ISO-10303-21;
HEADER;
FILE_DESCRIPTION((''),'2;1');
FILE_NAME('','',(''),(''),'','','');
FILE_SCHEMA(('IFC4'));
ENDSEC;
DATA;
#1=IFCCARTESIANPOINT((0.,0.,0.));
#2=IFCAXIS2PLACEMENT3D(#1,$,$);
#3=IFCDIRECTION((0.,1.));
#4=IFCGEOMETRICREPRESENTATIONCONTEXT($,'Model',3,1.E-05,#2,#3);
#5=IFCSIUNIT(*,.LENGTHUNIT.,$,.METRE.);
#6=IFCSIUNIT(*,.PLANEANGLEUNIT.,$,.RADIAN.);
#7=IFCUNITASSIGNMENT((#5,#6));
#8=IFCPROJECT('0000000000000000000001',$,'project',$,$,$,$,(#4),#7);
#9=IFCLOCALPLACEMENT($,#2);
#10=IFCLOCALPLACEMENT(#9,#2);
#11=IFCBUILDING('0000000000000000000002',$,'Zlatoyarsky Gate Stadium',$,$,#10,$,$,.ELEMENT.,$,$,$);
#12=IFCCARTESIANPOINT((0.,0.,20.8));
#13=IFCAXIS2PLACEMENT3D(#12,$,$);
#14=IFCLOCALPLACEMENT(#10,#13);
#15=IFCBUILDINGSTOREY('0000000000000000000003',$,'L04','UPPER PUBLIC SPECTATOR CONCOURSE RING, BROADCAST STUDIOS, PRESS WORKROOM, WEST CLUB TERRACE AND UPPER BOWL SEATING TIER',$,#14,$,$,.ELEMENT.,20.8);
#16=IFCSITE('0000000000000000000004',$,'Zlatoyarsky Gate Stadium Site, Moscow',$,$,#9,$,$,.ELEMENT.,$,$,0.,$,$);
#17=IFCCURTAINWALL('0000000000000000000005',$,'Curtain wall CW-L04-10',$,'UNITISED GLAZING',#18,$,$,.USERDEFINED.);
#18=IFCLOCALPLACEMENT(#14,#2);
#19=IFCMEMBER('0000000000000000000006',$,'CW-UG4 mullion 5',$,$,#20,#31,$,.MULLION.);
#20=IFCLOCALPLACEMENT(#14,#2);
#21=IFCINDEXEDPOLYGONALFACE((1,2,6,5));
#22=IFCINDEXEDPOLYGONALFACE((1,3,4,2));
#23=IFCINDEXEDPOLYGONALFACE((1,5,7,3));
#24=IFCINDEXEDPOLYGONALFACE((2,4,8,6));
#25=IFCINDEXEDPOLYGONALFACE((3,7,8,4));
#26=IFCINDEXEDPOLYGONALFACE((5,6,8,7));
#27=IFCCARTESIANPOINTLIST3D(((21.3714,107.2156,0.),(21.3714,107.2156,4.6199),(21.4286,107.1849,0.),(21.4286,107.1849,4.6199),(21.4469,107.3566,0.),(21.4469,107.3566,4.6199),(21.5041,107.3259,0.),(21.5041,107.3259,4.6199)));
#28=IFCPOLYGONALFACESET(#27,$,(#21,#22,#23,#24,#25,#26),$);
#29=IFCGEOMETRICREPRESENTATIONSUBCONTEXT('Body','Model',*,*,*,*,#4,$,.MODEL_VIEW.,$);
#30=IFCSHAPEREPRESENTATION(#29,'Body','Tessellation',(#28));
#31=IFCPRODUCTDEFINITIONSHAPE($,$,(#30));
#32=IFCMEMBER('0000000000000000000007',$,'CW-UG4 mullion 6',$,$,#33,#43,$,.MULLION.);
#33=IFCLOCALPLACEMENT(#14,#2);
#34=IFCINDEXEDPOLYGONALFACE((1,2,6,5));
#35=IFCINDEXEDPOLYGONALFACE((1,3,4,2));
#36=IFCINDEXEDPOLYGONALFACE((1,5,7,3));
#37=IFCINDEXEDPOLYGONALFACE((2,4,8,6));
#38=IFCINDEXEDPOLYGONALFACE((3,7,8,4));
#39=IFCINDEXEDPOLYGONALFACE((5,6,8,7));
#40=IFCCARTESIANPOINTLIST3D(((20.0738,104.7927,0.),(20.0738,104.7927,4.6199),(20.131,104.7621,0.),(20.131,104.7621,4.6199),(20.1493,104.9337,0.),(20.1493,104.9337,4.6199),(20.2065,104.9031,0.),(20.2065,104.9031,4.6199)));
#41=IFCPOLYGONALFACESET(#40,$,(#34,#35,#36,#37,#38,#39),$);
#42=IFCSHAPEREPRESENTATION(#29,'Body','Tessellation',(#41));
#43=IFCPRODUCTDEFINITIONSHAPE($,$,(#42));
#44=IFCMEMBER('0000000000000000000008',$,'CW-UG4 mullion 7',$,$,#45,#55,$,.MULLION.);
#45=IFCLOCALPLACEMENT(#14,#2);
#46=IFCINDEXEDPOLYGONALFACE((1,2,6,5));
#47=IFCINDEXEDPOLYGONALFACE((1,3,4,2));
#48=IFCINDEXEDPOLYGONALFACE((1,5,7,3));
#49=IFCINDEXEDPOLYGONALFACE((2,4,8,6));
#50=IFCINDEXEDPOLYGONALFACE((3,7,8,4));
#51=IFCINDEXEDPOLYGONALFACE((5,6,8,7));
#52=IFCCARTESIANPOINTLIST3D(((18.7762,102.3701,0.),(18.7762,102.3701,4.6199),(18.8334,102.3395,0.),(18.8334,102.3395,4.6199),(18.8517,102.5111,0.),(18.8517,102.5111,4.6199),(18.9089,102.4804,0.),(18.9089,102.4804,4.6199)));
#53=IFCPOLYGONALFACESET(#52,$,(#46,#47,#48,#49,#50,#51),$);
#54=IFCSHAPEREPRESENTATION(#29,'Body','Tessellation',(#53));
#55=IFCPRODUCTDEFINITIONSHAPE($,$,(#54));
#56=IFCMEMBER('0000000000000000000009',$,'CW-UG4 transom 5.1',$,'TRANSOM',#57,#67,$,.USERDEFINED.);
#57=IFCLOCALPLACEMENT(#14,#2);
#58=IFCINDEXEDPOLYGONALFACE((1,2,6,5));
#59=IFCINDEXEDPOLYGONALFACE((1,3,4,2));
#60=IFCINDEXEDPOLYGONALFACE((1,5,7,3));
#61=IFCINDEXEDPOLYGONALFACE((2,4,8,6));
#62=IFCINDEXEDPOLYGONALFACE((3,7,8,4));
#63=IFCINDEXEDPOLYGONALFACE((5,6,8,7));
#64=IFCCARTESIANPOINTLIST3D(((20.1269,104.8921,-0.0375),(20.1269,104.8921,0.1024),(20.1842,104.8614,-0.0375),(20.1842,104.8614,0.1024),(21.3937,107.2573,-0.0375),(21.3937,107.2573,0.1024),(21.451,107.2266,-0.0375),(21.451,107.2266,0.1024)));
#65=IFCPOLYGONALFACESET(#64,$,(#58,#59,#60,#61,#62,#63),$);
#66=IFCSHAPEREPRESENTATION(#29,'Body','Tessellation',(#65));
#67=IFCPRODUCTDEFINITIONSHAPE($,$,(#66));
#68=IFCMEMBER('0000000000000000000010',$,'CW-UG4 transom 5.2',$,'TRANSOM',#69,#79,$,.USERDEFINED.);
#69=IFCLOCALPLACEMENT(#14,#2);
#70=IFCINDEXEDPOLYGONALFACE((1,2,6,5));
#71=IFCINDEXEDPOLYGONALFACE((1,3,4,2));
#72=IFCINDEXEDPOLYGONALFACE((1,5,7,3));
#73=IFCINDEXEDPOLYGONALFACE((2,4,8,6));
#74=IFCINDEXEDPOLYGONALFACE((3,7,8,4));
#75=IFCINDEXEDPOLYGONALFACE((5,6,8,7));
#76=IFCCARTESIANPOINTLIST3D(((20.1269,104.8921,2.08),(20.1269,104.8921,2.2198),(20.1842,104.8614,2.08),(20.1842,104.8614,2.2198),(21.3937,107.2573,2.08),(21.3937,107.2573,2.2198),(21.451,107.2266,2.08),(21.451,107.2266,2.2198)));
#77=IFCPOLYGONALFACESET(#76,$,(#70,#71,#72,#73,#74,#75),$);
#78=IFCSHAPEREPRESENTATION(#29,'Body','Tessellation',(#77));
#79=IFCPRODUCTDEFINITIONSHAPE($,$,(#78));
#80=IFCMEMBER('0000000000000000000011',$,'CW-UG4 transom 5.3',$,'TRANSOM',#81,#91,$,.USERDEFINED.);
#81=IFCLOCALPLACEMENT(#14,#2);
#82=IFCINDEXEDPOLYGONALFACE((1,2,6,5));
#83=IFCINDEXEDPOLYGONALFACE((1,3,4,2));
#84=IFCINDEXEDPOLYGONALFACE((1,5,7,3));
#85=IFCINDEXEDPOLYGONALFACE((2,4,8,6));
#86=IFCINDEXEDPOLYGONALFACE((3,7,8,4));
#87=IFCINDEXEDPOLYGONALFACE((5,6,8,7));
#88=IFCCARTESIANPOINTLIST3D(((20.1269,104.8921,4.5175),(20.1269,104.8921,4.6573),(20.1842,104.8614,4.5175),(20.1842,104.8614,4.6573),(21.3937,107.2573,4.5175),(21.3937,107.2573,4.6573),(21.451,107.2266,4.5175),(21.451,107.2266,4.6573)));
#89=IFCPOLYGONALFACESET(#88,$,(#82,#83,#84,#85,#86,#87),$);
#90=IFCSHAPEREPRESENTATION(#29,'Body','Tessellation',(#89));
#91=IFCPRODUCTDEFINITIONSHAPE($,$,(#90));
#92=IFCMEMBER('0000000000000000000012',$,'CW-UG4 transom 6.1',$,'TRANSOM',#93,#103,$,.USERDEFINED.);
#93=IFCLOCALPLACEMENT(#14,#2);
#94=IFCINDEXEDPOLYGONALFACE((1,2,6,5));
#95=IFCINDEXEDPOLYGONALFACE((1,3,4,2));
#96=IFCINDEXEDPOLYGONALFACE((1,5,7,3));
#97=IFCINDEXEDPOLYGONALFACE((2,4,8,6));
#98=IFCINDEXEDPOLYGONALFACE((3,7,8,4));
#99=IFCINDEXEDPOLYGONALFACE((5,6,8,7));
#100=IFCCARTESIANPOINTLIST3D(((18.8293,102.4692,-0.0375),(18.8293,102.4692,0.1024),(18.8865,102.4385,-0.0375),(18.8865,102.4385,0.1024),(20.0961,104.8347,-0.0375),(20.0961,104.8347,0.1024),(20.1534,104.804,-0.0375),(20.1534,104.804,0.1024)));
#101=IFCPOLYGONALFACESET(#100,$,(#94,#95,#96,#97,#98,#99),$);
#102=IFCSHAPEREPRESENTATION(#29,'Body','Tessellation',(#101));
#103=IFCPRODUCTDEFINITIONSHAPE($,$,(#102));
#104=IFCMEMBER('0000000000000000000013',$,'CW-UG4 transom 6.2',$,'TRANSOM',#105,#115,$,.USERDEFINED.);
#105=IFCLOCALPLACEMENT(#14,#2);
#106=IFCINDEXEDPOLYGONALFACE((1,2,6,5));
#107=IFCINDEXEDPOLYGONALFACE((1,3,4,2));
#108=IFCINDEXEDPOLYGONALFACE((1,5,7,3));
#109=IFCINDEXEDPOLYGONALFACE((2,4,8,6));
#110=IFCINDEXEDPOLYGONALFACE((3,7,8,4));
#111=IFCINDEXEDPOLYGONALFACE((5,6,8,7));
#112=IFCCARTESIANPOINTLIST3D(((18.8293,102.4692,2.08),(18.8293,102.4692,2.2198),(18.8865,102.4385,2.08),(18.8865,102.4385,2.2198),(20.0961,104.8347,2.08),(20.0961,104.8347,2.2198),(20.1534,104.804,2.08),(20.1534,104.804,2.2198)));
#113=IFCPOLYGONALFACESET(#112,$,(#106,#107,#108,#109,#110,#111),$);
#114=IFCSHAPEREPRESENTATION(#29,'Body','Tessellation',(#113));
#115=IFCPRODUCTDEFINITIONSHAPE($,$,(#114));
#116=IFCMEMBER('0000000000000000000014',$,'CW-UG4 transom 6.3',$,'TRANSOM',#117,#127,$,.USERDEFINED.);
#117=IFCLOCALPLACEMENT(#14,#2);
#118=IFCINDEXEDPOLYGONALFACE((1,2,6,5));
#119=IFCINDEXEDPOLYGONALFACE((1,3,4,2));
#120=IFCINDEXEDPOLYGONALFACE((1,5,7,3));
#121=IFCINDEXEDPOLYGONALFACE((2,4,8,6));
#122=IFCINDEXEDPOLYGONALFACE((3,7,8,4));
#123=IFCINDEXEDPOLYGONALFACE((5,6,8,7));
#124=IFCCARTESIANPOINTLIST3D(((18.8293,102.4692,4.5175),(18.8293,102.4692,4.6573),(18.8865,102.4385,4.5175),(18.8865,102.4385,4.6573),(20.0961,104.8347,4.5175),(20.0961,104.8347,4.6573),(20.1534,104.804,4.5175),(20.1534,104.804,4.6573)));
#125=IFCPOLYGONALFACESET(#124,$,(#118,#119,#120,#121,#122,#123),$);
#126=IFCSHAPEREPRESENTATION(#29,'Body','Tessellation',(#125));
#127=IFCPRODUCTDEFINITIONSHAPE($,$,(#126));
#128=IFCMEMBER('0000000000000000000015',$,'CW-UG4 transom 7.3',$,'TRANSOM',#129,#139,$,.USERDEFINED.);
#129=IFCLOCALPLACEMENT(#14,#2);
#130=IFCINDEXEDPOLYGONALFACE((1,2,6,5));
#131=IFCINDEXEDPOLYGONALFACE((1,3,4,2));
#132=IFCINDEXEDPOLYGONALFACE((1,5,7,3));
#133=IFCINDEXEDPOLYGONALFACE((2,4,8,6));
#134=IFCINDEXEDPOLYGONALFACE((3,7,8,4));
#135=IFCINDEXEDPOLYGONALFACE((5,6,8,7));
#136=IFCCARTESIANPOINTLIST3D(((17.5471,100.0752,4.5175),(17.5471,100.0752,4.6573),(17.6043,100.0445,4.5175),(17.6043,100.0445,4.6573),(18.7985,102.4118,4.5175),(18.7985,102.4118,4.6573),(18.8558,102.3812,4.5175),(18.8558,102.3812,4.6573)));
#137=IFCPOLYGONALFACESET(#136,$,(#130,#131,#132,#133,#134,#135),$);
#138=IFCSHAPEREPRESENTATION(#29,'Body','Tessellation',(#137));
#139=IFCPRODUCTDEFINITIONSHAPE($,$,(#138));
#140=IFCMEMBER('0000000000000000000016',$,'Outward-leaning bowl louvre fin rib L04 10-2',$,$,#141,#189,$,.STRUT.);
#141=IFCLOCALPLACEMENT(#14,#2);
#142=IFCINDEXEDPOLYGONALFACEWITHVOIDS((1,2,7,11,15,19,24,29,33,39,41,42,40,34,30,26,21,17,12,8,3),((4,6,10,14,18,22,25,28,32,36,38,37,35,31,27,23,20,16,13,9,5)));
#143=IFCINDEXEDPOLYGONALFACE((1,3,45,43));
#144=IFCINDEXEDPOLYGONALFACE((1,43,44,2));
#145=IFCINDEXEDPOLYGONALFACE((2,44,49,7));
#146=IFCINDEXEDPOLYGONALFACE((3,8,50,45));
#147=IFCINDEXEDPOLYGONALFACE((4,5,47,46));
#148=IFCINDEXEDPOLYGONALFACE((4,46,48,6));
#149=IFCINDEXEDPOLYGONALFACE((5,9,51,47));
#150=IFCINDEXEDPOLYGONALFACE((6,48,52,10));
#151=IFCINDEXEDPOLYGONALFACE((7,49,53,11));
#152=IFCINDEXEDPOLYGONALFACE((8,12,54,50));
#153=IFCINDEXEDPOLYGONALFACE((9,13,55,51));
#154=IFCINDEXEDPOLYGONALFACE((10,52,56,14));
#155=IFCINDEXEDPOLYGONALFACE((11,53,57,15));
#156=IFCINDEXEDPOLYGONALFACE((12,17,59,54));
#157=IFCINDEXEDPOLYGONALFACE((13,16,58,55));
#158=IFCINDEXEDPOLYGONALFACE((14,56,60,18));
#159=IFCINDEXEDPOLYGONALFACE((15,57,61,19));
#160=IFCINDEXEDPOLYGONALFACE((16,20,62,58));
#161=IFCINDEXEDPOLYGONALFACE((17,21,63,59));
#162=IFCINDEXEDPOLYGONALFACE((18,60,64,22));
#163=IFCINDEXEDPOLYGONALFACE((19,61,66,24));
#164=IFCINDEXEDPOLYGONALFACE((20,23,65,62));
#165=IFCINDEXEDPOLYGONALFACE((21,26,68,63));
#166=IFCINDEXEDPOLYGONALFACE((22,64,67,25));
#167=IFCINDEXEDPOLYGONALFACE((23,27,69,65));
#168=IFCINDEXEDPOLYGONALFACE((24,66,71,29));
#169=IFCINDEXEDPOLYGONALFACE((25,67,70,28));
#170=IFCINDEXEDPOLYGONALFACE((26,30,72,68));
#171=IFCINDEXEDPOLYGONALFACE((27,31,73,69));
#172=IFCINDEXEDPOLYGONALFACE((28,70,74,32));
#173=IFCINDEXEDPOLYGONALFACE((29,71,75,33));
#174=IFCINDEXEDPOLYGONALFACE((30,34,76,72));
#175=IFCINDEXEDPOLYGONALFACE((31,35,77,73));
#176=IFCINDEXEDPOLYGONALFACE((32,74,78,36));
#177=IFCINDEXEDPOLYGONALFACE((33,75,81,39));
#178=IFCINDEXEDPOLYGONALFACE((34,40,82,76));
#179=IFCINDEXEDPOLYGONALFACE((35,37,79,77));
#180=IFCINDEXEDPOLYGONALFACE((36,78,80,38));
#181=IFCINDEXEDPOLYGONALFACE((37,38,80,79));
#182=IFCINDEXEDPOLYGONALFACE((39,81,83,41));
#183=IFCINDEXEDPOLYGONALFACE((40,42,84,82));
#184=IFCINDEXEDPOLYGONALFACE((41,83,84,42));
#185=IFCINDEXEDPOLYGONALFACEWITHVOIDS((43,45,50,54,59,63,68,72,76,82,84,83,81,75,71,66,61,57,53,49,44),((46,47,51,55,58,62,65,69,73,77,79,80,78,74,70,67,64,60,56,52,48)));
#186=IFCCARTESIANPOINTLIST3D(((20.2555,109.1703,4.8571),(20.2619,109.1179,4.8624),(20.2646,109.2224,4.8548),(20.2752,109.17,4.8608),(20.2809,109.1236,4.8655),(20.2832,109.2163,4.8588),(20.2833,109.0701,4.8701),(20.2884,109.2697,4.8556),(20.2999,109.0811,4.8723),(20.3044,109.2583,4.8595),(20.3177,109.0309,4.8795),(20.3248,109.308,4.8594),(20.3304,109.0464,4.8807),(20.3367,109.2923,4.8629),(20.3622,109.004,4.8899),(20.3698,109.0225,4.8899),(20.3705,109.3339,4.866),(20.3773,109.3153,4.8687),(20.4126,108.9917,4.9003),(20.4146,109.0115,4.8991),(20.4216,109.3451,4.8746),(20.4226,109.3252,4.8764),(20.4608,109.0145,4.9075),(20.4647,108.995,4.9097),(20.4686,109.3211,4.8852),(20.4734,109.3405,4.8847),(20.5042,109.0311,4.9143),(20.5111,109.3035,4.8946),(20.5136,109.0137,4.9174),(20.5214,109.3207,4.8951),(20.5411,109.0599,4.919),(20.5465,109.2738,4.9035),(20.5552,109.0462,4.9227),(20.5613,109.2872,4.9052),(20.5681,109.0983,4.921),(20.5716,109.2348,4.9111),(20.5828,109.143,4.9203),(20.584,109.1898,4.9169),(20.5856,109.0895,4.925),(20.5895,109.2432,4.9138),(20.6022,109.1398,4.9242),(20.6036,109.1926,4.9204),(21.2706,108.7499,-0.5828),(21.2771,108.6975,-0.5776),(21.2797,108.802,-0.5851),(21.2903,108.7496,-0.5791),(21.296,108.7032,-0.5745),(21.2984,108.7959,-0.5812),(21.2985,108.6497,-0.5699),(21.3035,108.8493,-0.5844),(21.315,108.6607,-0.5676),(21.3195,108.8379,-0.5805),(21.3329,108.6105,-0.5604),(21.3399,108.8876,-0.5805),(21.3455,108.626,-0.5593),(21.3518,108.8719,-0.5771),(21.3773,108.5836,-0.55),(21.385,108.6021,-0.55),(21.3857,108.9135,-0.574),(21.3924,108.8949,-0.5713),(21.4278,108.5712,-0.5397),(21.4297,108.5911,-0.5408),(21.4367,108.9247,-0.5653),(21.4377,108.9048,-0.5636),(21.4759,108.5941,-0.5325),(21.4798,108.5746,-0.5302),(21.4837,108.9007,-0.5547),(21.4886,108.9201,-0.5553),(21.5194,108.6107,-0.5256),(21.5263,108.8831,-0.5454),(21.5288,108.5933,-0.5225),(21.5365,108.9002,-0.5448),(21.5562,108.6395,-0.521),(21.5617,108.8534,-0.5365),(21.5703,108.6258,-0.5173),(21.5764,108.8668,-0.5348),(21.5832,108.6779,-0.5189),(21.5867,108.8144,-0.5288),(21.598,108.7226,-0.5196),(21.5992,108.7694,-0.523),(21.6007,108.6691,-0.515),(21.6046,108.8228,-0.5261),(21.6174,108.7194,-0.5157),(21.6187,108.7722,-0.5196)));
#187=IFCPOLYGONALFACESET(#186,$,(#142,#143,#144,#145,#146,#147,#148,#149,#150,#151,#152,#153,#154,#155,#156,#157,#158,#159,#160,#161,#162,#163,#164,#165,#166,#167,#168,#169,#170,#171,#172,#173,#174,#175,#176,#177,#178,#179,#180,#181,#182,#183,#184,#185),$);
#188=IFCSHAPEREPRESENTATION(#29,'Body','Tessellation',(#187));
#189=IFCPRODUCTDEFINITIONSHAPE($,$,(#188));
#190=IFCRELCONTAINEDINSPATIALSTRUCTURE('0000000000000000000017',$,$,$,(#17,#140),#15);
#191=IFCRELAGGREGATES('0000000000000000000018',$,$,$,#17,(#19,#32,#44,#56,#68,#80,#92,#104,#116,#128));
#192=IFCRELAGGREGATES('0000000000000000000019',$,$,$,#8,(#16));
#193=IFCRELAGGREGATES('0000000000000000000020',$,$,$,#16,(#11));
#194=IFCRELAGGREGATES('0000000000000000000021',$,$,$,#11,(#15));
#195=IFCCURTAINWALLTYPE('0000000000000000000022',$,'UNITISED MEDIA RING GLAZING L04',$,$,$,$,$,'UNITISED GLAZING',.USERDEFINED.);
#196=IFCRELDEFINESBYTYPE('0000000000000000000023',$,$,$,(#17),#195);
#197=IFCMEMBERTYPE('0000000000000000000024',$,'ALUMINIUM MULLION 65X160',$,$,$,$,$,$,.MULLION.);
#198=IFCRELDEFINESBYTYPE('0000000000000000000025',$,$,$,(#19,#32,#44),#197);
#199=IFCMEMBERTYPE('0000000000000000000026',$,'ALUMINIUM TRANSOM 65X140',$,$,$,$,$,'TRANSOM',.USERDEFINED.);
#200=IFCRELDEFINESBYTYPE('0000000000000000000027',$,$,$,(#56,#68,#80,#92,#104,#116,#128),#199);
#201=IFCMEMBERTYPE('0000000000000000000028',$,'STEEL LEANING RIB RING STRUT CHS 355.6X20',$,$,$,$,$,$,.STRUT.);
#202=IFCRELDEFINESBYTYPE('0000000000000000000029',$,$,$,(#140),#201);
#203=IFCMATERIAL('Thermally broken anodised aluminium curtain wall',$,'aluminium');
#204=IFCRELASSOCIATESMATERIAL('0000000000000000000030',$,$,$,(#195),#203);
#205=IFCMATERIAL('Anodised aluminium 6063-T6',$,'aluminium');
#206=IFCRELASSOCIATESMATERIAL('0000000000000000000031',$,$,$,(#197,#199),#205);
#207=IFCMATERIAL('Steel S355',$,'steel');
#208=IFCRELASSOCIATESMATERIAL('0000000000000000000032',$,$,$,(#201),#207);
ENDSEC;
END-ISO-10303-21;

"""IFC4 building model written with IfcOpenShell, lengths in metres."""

from ifc_helpers import new_model, si_unit, direction, frame, origin, origin_2d, place, context, subcontext, project, spatial, rectangle, hollow_circle, extrude, material, material_profile, profile_set, type_object, element, aggregate, save


model = new_model("IFC4")

# Units and contexts
model_context = context("Model", 3, precision=1e-05, world=origin(), true_north=direction((0.0, 1.0)))
body_context = subcontext(model_context, "Body", "Model", "MODEL_VIEW")
ifc_project = project(units=[si_unit("LENGTHUNIT", "METRE"), si_unit("PLANEANGLEUNIT", "RADIAN")], contexts=[model_context])

# Site, building, storey
site_placement = place(None, origin())
site = spatial("IfcSite", under=ifc_project, at=site_placement, Name="Zlatoyarsky Gate Stadium Site, Moscow", CompositionType="ELEMENT", RefElevation=0.0)
building_placement = place(site_placement, origin())
building = spatial("IfcBuilding", under=site, at=building_placement, Name="Zlatoyarsky Gate Stadium", CompositionType="ELEMENT")
storey_placement = place(building_placement, frame((0.0, 0.0, 20.8)))
storey = spatial("IfcBuildingStorey", under=building, at=storey_placement, Name="L04", Description="UPPER PUBLIC SPECTATOR CONCOURSE RING, BROADCAST STUDIOS, PRESS WORKROOM, WEST CLUB TERRACE AND UPPER BOWL SEATING TIER", CompositionType="ELEMENT", Elevation=20.8)

# Curtain wall, members
ifc_material_1 = material(Name="Thermally broken anodised aluminium curtain wall", Category="aluminium")
curtain_wall_type = type_object("IfcCurtainWallType", Name="UNITISED MEDIA RING GLAZING L04", ElementType="UNITISED GLAZING", PredefinedType="USERDEFINED", material=ifc_material_1)
curtain_wall_placement = place(storey_placement, origin())
curtain_wall = element("IfcCurtainWall", 1, at=curtain_wall_placement, inside=storey, type_object=curtain_wall_type, Name="Curtain wall CW-L04-10", ObjectType="UNITISED GLAZING", PredefinedType="USERDEFINED")
ifc_material_2 = material(Name="Anodised aluminium 6063-T6", Category="aluminium")
ifc_material_profile_1 = material_profile(ifc_material_2, rectangle(XDim=0.0649, YDim=0.1599, at=origin_2d()), Name="ALU 65X160")
ifc_profile_set_1 = profile_set([ifc_material_profile_1], Name="Anodised aluminium 6063-T6")
member_type_1 = type_object("IfcMemberType", Name="ALUMINIUM MULLION 65X160", PredefinedType="MULLION", material=ifc_profile_set_1)
member_1_placement = place(storey_placement, frame((21.4377, 107.2708, 0.0), z_axis=(0.0, 0.0, 1.0), x_axis=(0.881521, -0.472145, 0.0)))
member_1 = element("IfcMember", 2, at=member_1_placement, type_object=member_type_1, Name="CW-UG4 mullion 5", PredefinedType="MULLION", context=body_context, shape_type="SweptSolid", body=[
    extrude(rectangle(XDim=0.0649, YDim=0.1599, at=origin_2d()), origin(), (0.0, 0.0, 1.0), 4.6199),
])
member_2_placement = place(storey_placement, frame((20.1401, 104.8479, 0.0), z_axis=(0.0, 0.0, 1.0), x_axis=(0.881521, -0.472145, 0.0)))
member_2 = element("IfcMember", 3, at=member_2_placement, type_object=member_type_1, Name="CW-UG4 mullion 6", PredefinedType="MULLION", context=body_context, shape_type="SweptSolid", body=[
    extrude(rectangle(XDim=0.0649, YDim=0.1599, at=origin_2d()), origin(), (0.0, 0.0, 1.0), 4.6199),
])
member_3_placement = place(storey_placement, frame((18.8425, 102.4253, 0.0), z_axis=(0.0, 0.0, 1.0), x_axis=(0.881521, -0.472145, 0.0)))
member_3 = element("IfcMember", 4, at=member_3_placement, type_object=member_type_1, Name="CW-UG4 mullion 7", PredefinedType="MULLION", context=body_context, shape_type="SweptSolid", body=[
    extrude(rectangle(XDim=0.0649, YDim=0.1599, at=origin_2d()), origin(), (0.0, 0.0, 1.0), 4.6199),
])
ifc_material_profile_2 = material_profile(ifc_material_2, rectangle(XDim=0.0649, YDim=0.1399, at=origin_2d()), Name="ALU 65X140")
ifc_profile_set_2 = profile_set([ifc_material_profile_2], Name="Anodised aluminium 6063-T6")
member_type_2 = type_object("IfcMemberType", Name="ALUMINIUM TRANSOM 65X140", ElementType="TRANSOM", PredefinedType="USERDEFINED", material=ifc_profile_set_2)
member_4_placement = place(storey_placement, frame((21.4224, 107.2419, 0.0325), z_axis=(-0.472151, -0.881518, 0.0), x_axis=(0.881518, -0.472151, 0.0)))
member_4 = element("IfcMember", 5, at=member_4_placement, type_object=member_type_2, Name="CW-UG4 transom 5.1", ObjectType="TRANSOM", PredefinedType="USERDEFINED", context=body_context, shape_type="SweptSolid", body=[
    extrude(rectangle(XDim=0.0649, YDim=0.1399, at=origin_2d()), origin(), (0.0, 0.0, 1.0), 2.6831),
])
member_5_placement = place(storey_placement, frame((21.4224, 107.2419, 2.1499), z_axis=(-0.472151, -0.881518, 0.0), x_axis=(0.881518, -0.472151, 0.0)))
member_5 = element("IfcMember", 6, at=member_5_placement, type_object=member_type_2, Name="CW-UG4 transom 5.2", ObjectType="TRANSOM", PredefinedType="USERDEFINED", context=body_context, shape_type="SweptSolid", body=[
    extrude(rectangle(XDim=0.0649, YDim=0.1399, at=origin_2d()), origin(), (0.0, 0.0, 1.0), 2.6831),
])
member_6_placement = place(storey_placement, frame((21.4224, 107.2419, 4.5874), z_axis=(-0.472151, -0.881518, 0.0), x_axis=(0.881518, -0.472151, 0.0)))
member_6 = element("IfcMember", 7, at=member_6_placement, type_object=member_type_2, Name="CW-UG4 transom 5.3", ObjectType="TRANSOM", PredefinedType="USERDEFINED", context=body_context, shape_type="SweptSolid", body=[
    extrude(rectangle(XDim=0.0649, YDim=0.1399, at=origin_2d()), origin(), (0.0, 0.0, 1.0), 2.6831),
])
member_7_placement = place(storey_placement, frame((20.1248, 104.8193, 0.0325), z_axis=(-0.472113, -0.881538, 0.0), x_axis=(0.881538, -0.472113, 0.0)))
member_7 = element("IfcMember", 8, at=member_7_placement, type_object=member_type_2, Name="CW-UG4 transom 6.1", ObjectType="TRANSOM", PredefinedType="USERDEFINED", context=body_context, shape_type="SweptSolid", body=[
    extrude(rectangle(XDim=0.0649, YDim=0.1399, at=origin_2d()), origin(), (0.0, 0.0, 1.0), 2.6833),
])
member_8_placement = place(storey_placement, frame((20.1248, 104.8193, 2.1499), z_axis=(-0.472113, -0.881538, 0.0), x_axis=(0.881538, -0.472113, 0.0)))
member_8 = element("IfcMember", 9, at=member_8_placement, type_object=member_type_2, Name="CW-UG4 transom 6.2", ObjectType="TRANSOM", PredefinedType="USERDEFINED", context=body_context, shape_type="SweptSolid", body=[
    extrude(rectangle(XDim=0.0649, YDim=0.1399, at=origin_2d()), origin(), (0.0, 0.0, 1.0), 2.6833),
])
member_9_placement = place(storey_placement, frame((20.1248, 104.8193, 4.5874), z_axis=(-0.472113, -0.881538, 0.0), x_axis=(0.881538, -0.472113, 0.0)))
member_9 = element("IfcMember", 10, at=member_9_placement, type_object=member_type_2, Name="CW-UG4 transom 6.3", ObjectType="TRANSOM", PredefinedType="USERDEFINED", context=body_context, shape_type="SweptSolid", body=[
    extrude(rectangle(XDim=0.0649, YDim=0.1399, at=origin_2d()), origin(), (0.0, 0.0, 1.0), 2.6833),
])
member_10_placement = place(storey_placement, frame((18.8271, 102.3965, 4.5874), z_axis=(-0.472127, -0.881531, 0.0), x_axis=(0.881531, -0.472127, 0.0)))
member_10 = element("IfcMember", 11, at=member_10_placement, type_object=member_type_2, Name="CW-UG4 transom 7.3", ObjectType="TRANSOM", PredefinedType="USERDEFINED", context=body_context, shape_type="SweptSolid", body=[
    extrude(rectangle(XDim=0.0649, YDim=0.1399, at=origin_2d()), origin(), (0.0, 0.0, 1.0), 2.6506),
])

# Member
ifc_material_3 = material(Name="Steel S355", Category="steel")
ifc_material_profile_3 = material_profile(ifc_material_3, hollow_circle(Radius=0.1777, WallThickness=0.02, at=origin_2d()), Name="CHS 355.6X20")
ifc_profile_set_3 = profile_set([ifc_material_profile_3], Name="Steel S355")
member_type_3 = type_object("IfcMemberType", Name="STEEL LEANING RIB RING STRUT CHS 355.6X20", PredefinedType="STRUT", material=ifc_profile_set_3)
member_11_placement = place(storey_placement, frame((21.4453, 108.7478, -0.55), z_axis=(-0.182914, 0.075752, 0.980206), x_axis=(-0.382627, -0.923903, 0.0)))
element("IfcMember", 12, at=member_11_placement, inside=storey, type_object=member_type_3, Name="Outward-leaning bowl louvre fin rib L04 10-2", PredefinedType="STRUT", context=body_context, shape_type="SweptSolid", body=[
    extrude(hollow_circle(Radius=0.1777, WallThickness=0.02, at=origin_2d()), origin(), (0.0, 0.0, 1.0), 5.5498),
])

aggregate(curtain_wall, [member_1, member_2, member_3, member_4, member_5, member_6, member_7, member_8, member_9, member_10])

save(model, "model.ifc")
